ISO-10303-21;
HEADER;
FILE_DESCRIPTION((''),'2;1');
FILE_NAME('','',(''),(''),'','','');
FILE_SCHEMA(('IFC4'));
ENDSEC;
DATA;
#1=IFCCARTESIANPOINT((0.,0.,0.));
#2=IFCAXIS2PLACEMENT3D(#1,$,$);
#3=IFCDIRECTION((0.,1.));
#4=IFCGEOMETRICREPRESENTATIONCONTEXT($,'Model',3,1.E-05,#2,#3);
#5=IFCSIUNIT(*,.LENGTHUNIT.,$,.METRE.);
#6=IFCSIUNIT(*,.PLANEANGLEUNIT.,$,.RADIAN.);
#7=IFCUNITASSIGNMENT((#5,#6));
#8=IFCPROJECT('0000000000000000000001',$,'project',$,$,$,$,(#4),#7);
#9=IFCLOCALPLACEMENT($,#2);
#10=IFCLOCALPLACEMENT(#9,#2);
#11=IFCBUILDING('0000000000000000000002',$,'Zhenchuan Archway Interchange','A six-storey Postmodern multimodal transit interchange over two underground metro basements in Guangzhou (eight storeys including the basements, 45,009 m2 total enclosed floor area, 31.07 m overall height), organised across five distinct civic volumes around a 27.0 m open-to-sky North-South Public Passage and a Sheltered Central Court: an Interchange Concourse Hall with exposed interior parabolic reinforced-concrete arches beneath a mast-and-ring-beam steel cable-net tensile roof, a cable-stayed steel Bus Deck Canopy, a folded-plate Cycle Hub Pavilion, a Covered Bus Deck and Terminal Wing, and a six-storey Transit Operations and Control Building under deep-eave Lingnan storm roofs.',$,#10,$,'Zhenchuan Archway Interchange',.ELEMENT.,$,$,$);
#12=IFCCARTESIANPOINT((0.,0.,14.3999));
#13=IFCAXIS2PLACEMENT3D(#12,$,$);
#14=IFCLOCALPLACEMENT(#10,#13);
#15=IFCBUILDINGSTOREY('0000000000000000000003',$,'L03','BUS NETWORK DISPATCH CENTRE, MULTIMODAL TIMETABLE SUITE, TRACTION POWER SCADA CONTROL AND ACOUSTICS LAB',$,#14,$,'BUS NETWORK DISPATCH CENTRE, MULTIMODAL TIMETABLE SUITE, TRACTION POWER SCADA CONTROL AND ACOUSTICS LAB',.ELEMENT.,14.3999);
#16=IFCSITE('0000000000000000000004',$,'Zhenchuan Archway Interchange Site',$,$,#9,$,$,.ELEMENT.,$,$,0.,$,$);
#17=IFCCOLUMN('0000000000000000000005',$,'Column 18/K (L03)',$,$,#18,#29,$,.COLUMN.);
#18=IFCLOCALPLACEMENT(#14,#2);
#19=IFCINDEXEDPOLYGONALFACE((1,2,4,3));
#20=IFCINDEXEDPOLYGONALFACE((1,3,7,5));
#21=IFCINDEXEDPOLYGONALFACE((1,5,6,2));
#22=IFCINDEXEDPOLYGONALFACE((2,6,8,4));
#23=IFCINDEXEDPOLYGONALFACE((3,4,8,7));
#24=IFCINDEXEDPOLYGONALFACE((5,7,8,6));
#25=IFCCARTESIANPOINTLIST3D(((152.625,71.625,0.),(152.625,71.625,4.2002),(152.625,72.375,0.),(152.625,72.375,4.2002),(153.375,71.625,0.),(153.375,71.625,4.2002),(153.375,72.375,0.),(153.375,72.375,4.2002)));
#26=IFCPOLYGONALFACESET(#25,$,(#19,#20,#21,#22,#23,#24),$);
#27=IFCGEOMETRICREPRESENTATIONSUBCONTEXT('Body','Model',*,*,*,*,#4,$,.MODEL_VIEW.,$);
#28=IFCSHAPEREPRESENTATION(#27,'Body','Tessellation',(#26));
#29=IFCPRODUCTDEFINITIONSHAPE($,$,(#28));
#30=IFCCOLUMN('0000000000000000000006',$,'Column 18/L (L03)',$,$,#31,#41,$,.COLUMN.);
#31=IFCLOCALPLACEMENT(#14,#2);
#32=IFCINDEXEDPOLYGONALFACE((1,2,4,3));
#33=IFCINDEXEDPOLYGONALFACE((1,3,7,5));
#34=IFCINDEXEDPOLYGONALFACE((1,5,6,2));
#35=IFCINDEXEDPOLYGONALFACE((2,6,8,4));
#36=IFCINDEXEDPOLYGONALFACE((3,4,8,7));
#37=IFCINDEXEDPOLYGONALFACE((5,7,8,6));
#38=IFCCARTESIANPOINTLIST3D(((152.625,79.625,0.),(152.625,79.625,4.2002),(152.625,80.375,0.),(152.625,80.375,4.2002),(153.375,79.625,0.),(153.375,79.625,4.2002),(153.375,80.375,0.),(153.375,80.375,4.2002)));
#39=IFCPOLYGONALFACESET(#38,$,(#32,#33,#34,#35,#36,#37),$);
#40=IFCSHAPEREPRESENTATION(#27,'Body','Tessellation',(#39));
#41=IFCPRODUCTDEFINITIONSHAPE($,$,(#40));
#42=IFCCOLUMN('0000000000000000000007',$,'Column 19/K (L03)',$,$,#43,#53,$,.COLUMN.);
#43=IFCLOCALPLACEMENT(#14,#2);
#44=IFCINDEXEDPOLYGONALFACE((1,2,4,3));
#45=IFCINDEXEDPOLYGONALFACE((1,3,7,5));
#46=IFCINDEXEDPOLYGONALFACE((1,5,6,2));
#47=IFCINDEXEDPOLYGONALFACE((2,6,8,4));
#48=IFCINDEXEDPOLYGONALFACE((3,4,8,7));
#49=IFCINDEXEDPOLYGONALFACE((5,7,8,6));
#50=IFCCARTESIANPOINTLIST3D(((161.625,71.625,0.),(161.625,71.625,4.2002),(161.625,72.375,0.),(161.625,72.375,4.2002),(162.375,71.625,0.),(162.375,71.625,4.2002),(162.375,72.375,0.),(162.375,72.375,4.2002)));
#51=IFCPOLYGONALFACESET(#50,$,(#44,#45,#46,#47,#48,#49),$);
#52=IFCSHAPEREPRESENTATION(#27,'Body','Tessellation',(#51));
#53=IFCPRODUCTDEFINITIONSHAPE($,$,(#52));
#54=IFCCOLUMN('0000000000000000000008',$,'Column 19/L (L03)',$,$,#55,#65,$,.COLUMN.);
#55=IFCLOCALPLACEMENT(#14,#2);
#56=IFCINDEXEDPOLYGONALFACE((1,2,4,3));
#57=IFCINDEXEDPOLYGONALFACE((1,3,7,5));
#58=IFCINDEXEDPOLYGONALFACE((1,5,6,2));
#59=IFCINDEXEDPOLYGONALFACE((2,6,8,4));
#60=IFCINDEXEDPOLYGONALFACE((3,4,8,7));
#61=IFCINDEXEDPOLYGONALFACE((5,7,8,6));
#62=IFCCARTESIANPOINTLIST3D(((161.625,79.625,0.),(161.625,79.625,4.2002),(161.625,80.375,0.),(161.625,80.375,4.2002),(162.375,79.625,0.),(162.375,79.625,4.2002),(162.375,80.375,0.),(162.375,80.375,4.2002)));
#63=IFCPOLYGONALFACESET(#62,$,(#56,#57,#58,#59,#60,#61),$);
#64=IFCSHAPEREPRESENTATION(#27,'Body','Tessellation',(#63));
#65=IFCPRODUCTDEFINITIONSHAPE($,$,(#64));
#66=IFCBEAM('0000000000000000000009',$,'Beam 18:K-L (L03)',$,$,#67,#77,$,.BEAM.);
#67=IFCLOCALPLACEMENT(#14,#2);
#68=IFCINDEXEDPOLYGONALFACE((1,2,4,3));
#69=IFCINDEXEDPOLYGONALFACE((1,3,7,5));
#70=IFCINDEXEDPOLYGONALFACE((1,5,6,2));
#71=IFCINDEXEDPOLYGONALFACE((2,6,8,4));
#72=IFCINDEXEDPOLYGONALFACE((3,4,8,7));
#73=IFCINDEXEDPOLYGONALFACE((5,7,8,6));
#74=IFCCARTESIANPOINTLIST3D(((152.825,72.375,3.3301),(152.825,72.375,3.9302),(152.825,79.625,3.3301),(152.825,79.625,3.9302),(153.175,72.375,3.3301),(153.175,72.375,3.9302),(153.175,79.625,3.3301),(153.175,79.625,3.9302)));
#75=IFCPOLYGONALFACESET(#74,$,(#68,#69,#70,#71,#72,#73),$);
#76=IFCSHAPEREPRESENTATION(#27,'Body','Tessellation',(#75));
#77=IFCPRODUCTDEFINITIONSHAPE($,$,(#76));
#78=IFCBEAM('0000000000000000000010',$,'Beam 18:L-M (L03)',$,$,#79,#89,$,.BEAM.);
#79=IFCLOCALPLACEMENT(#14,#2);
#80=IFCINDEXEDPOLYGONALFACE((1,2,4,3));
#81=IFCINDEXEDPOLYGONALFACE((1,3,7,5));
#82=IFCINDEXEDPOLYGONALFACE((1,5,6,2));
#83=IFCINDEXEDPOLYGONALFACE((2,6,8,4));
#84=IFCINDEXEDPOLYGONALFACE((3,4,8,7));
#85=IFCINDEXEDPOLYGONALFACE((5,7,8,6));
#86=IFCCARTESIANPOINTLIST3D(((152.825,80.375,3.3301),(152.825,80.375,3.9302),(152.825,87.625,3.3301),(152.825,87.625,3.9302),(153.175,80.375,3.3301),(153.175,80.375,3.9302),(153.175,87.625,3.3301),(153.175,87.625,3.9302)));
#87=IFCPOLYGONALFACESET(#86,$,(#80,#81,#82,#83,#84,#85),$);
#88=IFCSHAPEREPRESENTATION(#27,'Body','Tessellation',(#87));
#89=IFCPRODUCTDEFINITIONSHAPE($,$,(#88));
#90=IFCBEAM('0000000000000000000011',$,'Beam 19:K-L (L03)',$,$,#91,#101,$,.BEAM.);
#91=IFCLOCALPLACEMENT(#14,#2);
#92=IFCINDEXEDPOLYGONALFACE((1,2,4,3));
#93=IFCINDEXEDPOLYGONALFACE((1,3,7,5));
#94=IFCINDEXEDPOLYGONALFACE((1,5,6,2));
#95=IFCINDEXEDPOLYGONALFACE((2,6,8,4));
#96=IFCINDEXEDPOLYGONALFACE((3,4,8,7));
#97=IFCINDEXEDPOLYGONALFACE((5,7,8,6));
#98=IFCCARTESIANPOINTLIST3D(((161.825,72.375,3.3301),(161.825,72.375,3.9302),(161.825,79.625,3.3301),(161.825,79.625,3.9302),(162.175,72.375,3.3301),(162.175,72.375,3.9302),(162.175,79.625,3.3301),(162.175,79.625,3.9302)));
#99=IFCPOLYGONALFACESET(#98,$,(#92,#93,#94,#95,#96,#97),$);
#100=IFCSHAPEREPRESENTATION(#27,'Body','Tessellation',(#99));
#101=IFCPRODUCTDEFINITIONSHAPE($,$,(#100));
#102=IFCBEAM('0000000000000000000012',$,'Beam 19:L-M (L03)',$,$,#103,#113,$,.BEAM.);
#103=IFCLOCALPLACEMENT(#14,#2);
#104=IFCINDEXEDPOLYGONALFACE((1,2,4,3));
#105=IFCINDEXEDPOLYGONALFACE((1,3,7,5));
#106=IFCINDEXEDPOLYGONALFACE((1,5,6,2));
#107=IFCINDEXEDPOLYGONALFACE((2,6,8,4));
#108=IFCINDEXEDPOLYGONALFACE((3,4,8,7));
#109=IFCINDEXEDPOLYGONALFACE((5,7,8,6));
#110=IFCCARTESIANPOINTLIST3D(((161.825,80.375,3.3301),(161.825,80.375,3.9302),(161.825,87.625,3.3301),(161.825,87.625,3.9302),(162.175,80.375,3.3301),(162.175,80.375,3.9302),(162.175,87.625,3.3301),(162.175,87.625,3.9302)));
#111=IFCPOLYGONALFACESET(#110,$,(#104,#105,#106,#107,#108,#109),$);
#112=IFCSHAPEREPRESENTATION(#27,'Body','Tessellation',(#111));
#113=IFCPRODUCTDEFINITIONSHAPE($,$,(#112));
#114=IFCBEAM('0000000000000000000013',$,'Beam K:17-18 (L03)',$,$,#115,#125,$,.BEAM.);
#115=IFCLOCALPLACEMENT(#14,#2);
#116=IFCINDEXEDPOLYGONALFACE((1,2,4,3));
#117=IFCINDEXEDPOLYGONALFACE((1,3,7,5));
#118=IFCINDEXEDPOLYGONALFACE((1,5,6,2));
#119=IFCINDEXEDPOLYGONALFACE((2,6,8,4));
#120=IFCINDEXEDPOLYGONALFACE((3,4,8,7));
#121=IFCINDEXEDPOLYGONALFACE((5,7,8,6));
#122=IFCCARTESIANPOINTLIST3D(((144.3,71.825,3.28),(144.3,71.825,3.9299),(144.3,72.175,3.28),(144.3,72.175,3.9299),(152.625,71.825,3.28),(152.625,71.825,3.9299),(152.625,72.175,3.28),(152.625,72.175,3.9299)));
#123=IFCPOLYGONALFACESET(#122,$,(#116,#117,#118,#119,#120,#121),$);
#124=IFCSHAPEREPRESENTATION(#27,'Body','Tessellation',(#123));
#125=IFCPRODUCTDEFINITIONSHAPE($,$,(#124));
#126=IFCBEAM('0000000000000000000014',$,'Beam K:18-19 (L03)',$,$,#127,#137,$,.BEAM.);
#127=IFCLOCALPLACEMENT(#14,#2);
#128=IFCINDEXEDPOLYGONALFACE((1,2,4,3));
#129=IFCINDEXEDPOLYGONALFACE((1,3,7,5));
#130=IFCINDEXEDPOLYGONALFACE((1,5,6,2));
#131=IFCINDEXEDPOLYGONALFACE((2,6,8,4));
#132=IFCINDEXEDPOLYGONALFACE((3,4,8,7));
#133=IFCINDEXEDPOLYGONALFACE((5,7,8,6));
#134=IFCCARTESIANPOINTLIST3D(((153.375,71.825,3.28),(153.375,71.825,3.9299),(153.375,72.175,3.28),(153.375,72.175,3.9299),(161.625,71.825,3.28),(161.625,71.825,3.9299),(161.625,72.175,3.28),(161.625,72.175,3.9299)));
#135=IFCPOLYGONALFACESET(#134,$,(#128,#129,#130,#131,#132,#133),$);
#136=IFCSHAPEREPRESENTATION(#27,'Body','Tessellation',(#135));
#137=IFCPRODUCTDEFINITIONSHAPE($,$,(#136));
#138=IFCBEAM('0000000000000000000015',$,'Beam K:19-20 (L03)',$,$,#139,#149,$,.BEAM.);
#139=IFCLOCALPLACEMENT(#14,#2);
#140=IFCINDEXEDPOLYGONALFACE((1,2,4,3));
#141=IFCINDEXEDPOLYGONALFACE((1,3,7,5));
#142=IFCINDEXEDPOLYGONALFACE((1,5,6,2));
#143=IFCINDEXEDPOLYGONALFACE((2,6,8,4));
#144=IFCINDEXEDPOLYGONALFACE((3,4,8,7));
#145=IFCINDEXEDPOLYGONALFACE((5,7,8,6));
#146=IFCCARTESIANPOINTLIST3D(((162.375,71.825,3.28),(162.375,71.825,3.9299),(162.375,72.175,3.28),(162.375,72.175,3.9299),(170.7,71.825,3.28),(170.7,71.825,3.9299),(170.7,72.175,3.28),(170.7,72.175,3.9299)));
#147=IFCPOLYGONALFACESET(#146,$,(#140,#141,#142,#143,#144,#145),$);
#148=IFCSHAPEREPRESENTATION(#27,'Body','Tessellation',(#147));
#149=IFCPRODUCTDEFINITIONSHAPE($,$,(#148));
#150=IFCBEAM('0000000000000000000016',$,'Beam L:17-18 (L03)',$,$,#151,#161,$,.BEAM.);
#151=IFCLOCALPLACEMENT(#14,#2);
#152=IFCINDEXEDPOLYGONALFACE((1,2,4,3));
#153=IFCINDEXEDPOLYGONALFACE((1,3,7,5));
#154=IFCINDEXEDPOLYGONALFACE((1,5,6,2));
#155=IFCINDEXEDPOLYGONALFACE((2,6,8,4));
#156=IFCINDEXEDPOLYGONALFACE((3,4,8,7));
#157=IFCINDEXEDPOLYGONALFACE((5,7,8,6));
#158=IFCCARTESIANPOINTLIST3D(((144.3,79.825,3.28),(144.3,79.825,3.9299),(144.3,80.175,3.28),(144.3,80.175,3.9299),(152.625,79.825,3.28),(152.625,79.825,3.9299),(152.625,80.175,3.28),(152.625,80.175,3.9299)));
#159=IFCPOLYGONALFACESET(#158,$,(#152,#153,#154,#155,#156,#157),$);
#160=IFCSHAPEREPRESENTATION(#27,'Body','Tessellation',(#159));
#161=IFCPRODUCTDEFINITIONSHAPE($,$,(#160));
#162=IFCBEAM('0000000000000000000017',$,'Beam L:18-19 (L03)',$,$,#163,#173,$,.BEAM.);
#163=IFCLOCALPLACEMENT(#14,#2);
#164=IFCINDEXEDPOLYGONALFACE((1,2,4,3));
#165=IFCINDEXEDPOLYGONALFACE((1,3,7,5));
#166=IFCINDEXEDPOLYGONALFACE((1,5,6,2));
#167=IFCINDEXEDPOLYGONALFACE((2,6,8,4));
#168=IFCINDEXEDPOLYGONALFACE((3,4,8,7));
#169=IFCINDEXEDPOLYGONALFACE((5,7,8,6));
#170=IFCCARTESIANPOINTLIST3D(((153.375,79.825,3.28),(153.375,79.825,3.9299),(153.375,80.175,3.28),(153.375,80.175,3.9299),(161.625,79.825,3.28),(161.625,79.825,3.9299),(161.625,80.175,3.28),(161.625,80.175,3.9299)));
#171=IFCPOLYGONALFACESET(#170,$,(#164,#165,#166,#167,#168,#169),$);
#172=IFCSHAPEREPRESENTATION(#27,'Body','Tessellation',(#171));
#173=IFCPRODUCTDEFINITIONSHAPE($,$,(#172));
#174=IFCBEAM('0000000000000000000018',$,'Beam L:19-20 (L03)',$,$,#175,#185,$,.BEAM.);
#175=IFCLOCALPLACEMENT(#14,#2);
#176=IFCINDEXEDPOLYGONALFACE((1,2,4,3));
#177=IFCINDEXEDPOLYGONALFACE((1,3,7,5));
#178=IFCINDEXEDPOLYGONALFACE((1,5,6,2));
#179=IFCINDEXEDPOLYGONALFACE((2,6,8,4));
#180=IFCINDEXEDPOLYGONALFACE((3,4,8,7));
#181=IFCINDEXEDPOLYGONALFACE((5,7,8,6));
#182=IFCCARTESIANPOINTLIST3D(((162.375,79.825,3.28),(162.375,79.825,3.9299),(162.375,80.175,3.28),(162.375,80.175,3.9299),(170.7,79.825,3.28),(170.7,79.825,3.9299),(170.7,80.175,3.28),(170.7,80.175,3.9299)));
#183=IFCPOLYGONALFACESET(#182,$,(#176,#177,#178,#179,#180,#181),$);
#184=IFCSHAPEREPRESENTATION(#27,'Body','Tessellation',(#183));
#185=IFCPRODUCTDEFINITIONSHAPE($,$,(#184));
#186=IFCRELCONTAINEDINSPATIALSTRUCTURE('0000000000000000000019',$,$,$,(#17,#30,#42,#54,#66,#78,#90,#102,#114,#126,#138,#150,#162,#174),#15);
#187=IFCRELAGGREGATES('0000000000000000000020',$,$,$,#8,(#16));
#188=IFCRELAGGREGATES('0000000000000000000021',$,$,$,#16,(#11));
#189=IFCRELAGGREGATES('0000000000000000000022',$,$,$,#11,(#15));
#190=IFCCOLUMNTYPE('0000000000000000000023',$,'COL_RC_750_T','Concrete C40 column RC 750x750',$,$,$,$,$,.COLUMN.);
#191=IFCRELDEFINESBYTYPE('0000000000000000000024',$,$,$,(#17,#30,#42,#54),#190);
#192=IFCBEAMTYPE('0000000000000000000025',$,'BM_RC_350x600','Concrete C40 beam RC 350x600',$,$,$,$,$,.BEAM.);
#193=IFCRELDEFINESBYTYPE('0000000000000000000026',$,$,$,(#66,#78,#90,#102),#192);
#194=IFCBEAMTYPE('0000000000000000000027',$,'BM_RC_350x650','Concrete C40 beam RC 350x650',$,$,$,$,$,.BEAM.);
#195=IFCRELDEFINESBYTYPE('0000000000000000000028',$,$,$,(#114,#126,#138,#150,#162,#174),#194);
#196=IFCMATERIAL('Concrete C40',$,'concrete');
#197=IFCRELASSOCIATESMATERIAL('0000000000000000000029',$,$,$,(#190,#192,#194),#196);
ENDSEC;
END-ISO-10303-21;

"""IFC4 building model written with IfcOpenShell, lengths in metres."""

from ifc_helpers import new_model, si_unit, direction, frame, origin, origin_2d, place, context, subcontext, project, spatial, rectangle, extrude, material, material_profile, profile_set, type_object, element, save


model = new_model("IFC4")

# Units and contexts
model_context = context("Model", 3, precision=1e-05, world=origin(), true_north=direction((0.0, 1.0)))
body_context = subcontext(model_context, "Body", "Model", "MODEL_VIEW")
ifc_project = project(units=[si_unit("LENGTHUNIT", "METRE"), si_unit("PLANEANGLEUNIT", "RADIAN")], contexts=[model_context])

# Site, building, storey
site_placement = place(None, origin())
site = spatial("IfcSite", under=ifc_project, at=site_placement, Name="Zhenchuan Archway Interchange Site", CompositionType="ELEMENT", RefElevation=0.0)
building_placement = place(site_placement, origin())
building = spatial("IfcBuilding", under=site, at=building_placement, Name="Zhenchuan Archway Interchange", Description="A six-storey Postmodern multimodal transit interchange over two underground metro basements in Guangzhou (eight storeys including the basements, 45,009 m2 total enclosed floor area, 31.07 m overall height), organised across five distinct civic volumes around a 27.0 m open-to-sky North-South Public Passage and a Sheltered Central Court: an Interchange Concourse Hall with exposed interior parabolic reinforced-concrete arches beneath a mast-and-ring-beam steel cable-net tensile roof, a cable-stayed steel Bus Deck Canopy, a folded-plate Cycle Hub Pavilion, a Covered Bus Deck and Terminal Wing, and a six-storey Transit Operations and Control Building under deep-eave Lingnan storm roofs.", LongName="Zhenchuan Archway Interchange", CompositionType="ELEMENT")
storey_placement = place(building_placement, frame((0.0, 0.0, 14.3999)))
storey = spatial("IfcBuildingStorey", under=building, at=storey_placement, Name="L03", Description="BUS NETWORK DISPATCH CENTRE, MULTIMODAL TIMETABLE SUITE, TRACTION POWER SCADA CONTROL AND ACOUSTICS LAB", LongName="BUS NETWORK DISPATCH CENTRE, MULTIMODAL TIMETABLE SUITE, TRACTION POWER SCADA CONTROL AND ACOUSTICS LAB", CompositionType="ELEMENT", Elevation=14.3999)

# Columns
ifc_material_1 = material(Name="Concrete C40", Category="concrete")
ifc_material_profile_1 = material_profile(ifc_material_1, rectangle(XDim=0.75, YDim=0.75, at=origin_2d()), Name="RC 750x750")
ifc_profile_set_1 = profile_set([ifc_material_profile_1], Name="Concrete C40")
column_type = type_object("IfcColumnType", Name="COL_RC_750_T", Description="Concrete C40 column RC 750x750", PredefinedType="COLUMN", material=ifc_profile_set_1)
for number, where, z_axis, x_axis, name in (
    (1, (153.0, 72.0, 0.0), (0.0, 0.0, 1.0), (1.0, 0.0, 0.0), "Column 18/K (L03)"),
    (2, (153.0, 80.0, 0.0), (0.0, 0.0, 1.0), (1.0, 0.0, 0.0), "Column 18/L (L03)"),
    (3, (162.0, 72.0, 0.0), (0.0, 0.0, 1.0), (1.0, 0.0, 0.0), "Column 19/K (L03)"),
    (4, (162.0, 80.0, 0.0), (0.0, 0.0, 1.0), (1.0, 0.0, 0.0), "Column 19/L (L03)"),
):
    element("IfcColumn", number, at=place(storey_placement, frame(where, z_axis=z_axis, x_axis=x_axis)), inside=storey, type_object=column_type, Name=name, PredefinedType="COLUMN", context=body_context, shape_type="SweptSolid", body=[
        extrude(rectangle(XDim=0.75, YDim=0.75, at=origin_2d()), origin(), (0.0, 0.0, 1.0), 4.2002),
    ])

# Beams
ifc_material_profile_2 = material_profile(ifc_material_1, rectangle(XDim=0.3501, YDim=0.6001, at=origin_2d()), Name="RC 350x600")
ifc_profile_set_2 = profile_set([ifc_material_profile_2], Name="Concrete C40")
beam_type_1 = type_object("IfcBeamType", Name="BM_RC_350x600", Description="Concrete C40 beam RC 350x600", PredefinedType="BEAM", material=ifc_profile_set_2)
for number, where, z_axis, x_axis, name in (
    (5, (153.0, 72.375, 3.6301), (0.0, 1.0, 0.0), (-1.0, 0.0, 0.0), "Beam 18:K-L (L03)"),
    (6, (153.0, 80.375, 3.6301), (0.0, 1.0, 0.0), (-1.0, 0.0, 0.0), "Beam 18:L-M (L03)"),
    (7, (162.0, 72.375, 3.6301), (0.0, 1.0, 0.0), (-1.0, 0.0, 0.0), "Beam 19:K-L (L03)"),
    (8, (162.0, 80.375, 3.6301), (0.0, 1.0, 0.0), (-1.0, 0.0, 0.0), "Beam 19:L-M (L03)"),
):
    element("IfcBeam", number, at=place(storey_placement, frame(where, z_axis=z_axis, x_axis=x_axis)), inside=storey, type_object=beam_type_1, Name=name, PredefinedType="BEAM", context=body_context, shape_type="SweptSolid", body=[
        extrude(rectangle(XDim=0.3501, YDim=0.6001, at=origin_2d()), origin(), (0.0, 0.0, 1.0), 7.25),
    ])
ifc_material_profile_3 = material_profile(ifc_material_1, rectangle(XDim=0.3501, YDim=0.6499, at=origin_2d()), Name="RC 350x650")
ifc_profile_set_3 = profile_set([ifc_material_profile_3], Name="Concrete C40")
beam_type_2 = type_object("IfcBeamType", Name="BM_RC_350x650", Description="Concrete C40 beam RC 350x650", PredefinedType="BEAM", material=ifc_profile_set_3)
beam_1_placement = place(storey_placement, frame((144.3, 72.0, 3.605), z_axis=(1.0, 0.0, 0.0), x_axis=(0.0, 1.0, 0.0)))
element("IfcBeam", 9, at=beam_1_placement, inside=storey, type_object=beam_type_2, Name="Beam K:17-18 (L03)", PredefinedType="BEAM", context=body_context, shape_type="SweptSolid", body=[
    extrude(rectangle(XDim=0.3501, YDim=0.6499, at=origin_2d()), origin(), (0.0, 0.0, 1.0), 8.325),
])
beam_2_placement = place(storey_placement, frame((153.375, 72.0, 3.605), z_axis=(1.0, 0.0, 0.0), x_axis=(0.0, 1.0, 0.0)))
element("IfcBeam", 10, at=beam_2_placement, inside=storey, type_object=beam_type_2, Name="Beam K:18-19 (L03)", PredefinedType="BEAM", context=body_context, shape_type="SweptSolid", body=[
    extrude(rectangle(XDim=0.3501, YDim=0.6499, at=origin_2d()), origin(), (0.0, 0.0, 1.0), 8.25),
])
for number, where, z_axis, x_axis, name in (
    (11, (162.375, 72.0, 3.605), (1.0, 0.0, 0.0), (0.0, 1.0, 0.0), "Beam K:19-20 (L03)"),
    (12, (144.3, 80.0, 3.605), (1.0, 0.0, 0.0), (0.0, 1.0, 0.0), "Beam L:17-18 (L03)"),
):
    element("IfcBeam", number, at=place(storey_placement, frame(where, z_axis=z_axis, x_axis=x_axis)), inside=storey, type_object=beam_type_2, Name=name, PredefinedType="BEAM", context=body_context, shape_type="SweptSolid", body=[
        extrude(rectangle(XDim=0.3501, YDim=0.6499, at=origin_2d()), origin(), (0.0, 0.0, 1.0), 8.325),
    ])
beam_3_placement = place(storey_placement, frame((153.375, 80.0, 3.605), z_axis=(1.0, 0.0, 0.0), x_axis=(0.0, 1.0, 0.0)))
element("IfcBeam", 13, at=beam_3_placement, inside=storey, type_object=beam_type_2, Name="Beam L:18-19 (L03)", PredefinedType="BEAM", context=body_context, shape_type="SweptSolid", body=[
    extrude(rectangle(XDim=0.3501, YDim=0.6499, at=origin_2d()), origin(), (0.0, 0.0, 1.0), 8.25),
])
beam_4_placement = place(storey_placement, frame((162.375, 80.0, 3.605), z_axis=(1.0, 0.0, 0.0), x_axis=(0.0, 1.0, 0.0)))
element("IfcBeam", 14, at=beam_4_placement, inside=storey, type_object=beam_type_2, Name="Beam L:19-20 (L03)", PredefinedType="BEAM", context=body_context, shape_type="SweptSolid", body=[
    extrude(rectangle(XDim=0.3501, YDim=0.6499, at=origin_2d()), origin(), (0.0, 0.0, 1.0), 8.325),
])

save(model, "model.ifc")
